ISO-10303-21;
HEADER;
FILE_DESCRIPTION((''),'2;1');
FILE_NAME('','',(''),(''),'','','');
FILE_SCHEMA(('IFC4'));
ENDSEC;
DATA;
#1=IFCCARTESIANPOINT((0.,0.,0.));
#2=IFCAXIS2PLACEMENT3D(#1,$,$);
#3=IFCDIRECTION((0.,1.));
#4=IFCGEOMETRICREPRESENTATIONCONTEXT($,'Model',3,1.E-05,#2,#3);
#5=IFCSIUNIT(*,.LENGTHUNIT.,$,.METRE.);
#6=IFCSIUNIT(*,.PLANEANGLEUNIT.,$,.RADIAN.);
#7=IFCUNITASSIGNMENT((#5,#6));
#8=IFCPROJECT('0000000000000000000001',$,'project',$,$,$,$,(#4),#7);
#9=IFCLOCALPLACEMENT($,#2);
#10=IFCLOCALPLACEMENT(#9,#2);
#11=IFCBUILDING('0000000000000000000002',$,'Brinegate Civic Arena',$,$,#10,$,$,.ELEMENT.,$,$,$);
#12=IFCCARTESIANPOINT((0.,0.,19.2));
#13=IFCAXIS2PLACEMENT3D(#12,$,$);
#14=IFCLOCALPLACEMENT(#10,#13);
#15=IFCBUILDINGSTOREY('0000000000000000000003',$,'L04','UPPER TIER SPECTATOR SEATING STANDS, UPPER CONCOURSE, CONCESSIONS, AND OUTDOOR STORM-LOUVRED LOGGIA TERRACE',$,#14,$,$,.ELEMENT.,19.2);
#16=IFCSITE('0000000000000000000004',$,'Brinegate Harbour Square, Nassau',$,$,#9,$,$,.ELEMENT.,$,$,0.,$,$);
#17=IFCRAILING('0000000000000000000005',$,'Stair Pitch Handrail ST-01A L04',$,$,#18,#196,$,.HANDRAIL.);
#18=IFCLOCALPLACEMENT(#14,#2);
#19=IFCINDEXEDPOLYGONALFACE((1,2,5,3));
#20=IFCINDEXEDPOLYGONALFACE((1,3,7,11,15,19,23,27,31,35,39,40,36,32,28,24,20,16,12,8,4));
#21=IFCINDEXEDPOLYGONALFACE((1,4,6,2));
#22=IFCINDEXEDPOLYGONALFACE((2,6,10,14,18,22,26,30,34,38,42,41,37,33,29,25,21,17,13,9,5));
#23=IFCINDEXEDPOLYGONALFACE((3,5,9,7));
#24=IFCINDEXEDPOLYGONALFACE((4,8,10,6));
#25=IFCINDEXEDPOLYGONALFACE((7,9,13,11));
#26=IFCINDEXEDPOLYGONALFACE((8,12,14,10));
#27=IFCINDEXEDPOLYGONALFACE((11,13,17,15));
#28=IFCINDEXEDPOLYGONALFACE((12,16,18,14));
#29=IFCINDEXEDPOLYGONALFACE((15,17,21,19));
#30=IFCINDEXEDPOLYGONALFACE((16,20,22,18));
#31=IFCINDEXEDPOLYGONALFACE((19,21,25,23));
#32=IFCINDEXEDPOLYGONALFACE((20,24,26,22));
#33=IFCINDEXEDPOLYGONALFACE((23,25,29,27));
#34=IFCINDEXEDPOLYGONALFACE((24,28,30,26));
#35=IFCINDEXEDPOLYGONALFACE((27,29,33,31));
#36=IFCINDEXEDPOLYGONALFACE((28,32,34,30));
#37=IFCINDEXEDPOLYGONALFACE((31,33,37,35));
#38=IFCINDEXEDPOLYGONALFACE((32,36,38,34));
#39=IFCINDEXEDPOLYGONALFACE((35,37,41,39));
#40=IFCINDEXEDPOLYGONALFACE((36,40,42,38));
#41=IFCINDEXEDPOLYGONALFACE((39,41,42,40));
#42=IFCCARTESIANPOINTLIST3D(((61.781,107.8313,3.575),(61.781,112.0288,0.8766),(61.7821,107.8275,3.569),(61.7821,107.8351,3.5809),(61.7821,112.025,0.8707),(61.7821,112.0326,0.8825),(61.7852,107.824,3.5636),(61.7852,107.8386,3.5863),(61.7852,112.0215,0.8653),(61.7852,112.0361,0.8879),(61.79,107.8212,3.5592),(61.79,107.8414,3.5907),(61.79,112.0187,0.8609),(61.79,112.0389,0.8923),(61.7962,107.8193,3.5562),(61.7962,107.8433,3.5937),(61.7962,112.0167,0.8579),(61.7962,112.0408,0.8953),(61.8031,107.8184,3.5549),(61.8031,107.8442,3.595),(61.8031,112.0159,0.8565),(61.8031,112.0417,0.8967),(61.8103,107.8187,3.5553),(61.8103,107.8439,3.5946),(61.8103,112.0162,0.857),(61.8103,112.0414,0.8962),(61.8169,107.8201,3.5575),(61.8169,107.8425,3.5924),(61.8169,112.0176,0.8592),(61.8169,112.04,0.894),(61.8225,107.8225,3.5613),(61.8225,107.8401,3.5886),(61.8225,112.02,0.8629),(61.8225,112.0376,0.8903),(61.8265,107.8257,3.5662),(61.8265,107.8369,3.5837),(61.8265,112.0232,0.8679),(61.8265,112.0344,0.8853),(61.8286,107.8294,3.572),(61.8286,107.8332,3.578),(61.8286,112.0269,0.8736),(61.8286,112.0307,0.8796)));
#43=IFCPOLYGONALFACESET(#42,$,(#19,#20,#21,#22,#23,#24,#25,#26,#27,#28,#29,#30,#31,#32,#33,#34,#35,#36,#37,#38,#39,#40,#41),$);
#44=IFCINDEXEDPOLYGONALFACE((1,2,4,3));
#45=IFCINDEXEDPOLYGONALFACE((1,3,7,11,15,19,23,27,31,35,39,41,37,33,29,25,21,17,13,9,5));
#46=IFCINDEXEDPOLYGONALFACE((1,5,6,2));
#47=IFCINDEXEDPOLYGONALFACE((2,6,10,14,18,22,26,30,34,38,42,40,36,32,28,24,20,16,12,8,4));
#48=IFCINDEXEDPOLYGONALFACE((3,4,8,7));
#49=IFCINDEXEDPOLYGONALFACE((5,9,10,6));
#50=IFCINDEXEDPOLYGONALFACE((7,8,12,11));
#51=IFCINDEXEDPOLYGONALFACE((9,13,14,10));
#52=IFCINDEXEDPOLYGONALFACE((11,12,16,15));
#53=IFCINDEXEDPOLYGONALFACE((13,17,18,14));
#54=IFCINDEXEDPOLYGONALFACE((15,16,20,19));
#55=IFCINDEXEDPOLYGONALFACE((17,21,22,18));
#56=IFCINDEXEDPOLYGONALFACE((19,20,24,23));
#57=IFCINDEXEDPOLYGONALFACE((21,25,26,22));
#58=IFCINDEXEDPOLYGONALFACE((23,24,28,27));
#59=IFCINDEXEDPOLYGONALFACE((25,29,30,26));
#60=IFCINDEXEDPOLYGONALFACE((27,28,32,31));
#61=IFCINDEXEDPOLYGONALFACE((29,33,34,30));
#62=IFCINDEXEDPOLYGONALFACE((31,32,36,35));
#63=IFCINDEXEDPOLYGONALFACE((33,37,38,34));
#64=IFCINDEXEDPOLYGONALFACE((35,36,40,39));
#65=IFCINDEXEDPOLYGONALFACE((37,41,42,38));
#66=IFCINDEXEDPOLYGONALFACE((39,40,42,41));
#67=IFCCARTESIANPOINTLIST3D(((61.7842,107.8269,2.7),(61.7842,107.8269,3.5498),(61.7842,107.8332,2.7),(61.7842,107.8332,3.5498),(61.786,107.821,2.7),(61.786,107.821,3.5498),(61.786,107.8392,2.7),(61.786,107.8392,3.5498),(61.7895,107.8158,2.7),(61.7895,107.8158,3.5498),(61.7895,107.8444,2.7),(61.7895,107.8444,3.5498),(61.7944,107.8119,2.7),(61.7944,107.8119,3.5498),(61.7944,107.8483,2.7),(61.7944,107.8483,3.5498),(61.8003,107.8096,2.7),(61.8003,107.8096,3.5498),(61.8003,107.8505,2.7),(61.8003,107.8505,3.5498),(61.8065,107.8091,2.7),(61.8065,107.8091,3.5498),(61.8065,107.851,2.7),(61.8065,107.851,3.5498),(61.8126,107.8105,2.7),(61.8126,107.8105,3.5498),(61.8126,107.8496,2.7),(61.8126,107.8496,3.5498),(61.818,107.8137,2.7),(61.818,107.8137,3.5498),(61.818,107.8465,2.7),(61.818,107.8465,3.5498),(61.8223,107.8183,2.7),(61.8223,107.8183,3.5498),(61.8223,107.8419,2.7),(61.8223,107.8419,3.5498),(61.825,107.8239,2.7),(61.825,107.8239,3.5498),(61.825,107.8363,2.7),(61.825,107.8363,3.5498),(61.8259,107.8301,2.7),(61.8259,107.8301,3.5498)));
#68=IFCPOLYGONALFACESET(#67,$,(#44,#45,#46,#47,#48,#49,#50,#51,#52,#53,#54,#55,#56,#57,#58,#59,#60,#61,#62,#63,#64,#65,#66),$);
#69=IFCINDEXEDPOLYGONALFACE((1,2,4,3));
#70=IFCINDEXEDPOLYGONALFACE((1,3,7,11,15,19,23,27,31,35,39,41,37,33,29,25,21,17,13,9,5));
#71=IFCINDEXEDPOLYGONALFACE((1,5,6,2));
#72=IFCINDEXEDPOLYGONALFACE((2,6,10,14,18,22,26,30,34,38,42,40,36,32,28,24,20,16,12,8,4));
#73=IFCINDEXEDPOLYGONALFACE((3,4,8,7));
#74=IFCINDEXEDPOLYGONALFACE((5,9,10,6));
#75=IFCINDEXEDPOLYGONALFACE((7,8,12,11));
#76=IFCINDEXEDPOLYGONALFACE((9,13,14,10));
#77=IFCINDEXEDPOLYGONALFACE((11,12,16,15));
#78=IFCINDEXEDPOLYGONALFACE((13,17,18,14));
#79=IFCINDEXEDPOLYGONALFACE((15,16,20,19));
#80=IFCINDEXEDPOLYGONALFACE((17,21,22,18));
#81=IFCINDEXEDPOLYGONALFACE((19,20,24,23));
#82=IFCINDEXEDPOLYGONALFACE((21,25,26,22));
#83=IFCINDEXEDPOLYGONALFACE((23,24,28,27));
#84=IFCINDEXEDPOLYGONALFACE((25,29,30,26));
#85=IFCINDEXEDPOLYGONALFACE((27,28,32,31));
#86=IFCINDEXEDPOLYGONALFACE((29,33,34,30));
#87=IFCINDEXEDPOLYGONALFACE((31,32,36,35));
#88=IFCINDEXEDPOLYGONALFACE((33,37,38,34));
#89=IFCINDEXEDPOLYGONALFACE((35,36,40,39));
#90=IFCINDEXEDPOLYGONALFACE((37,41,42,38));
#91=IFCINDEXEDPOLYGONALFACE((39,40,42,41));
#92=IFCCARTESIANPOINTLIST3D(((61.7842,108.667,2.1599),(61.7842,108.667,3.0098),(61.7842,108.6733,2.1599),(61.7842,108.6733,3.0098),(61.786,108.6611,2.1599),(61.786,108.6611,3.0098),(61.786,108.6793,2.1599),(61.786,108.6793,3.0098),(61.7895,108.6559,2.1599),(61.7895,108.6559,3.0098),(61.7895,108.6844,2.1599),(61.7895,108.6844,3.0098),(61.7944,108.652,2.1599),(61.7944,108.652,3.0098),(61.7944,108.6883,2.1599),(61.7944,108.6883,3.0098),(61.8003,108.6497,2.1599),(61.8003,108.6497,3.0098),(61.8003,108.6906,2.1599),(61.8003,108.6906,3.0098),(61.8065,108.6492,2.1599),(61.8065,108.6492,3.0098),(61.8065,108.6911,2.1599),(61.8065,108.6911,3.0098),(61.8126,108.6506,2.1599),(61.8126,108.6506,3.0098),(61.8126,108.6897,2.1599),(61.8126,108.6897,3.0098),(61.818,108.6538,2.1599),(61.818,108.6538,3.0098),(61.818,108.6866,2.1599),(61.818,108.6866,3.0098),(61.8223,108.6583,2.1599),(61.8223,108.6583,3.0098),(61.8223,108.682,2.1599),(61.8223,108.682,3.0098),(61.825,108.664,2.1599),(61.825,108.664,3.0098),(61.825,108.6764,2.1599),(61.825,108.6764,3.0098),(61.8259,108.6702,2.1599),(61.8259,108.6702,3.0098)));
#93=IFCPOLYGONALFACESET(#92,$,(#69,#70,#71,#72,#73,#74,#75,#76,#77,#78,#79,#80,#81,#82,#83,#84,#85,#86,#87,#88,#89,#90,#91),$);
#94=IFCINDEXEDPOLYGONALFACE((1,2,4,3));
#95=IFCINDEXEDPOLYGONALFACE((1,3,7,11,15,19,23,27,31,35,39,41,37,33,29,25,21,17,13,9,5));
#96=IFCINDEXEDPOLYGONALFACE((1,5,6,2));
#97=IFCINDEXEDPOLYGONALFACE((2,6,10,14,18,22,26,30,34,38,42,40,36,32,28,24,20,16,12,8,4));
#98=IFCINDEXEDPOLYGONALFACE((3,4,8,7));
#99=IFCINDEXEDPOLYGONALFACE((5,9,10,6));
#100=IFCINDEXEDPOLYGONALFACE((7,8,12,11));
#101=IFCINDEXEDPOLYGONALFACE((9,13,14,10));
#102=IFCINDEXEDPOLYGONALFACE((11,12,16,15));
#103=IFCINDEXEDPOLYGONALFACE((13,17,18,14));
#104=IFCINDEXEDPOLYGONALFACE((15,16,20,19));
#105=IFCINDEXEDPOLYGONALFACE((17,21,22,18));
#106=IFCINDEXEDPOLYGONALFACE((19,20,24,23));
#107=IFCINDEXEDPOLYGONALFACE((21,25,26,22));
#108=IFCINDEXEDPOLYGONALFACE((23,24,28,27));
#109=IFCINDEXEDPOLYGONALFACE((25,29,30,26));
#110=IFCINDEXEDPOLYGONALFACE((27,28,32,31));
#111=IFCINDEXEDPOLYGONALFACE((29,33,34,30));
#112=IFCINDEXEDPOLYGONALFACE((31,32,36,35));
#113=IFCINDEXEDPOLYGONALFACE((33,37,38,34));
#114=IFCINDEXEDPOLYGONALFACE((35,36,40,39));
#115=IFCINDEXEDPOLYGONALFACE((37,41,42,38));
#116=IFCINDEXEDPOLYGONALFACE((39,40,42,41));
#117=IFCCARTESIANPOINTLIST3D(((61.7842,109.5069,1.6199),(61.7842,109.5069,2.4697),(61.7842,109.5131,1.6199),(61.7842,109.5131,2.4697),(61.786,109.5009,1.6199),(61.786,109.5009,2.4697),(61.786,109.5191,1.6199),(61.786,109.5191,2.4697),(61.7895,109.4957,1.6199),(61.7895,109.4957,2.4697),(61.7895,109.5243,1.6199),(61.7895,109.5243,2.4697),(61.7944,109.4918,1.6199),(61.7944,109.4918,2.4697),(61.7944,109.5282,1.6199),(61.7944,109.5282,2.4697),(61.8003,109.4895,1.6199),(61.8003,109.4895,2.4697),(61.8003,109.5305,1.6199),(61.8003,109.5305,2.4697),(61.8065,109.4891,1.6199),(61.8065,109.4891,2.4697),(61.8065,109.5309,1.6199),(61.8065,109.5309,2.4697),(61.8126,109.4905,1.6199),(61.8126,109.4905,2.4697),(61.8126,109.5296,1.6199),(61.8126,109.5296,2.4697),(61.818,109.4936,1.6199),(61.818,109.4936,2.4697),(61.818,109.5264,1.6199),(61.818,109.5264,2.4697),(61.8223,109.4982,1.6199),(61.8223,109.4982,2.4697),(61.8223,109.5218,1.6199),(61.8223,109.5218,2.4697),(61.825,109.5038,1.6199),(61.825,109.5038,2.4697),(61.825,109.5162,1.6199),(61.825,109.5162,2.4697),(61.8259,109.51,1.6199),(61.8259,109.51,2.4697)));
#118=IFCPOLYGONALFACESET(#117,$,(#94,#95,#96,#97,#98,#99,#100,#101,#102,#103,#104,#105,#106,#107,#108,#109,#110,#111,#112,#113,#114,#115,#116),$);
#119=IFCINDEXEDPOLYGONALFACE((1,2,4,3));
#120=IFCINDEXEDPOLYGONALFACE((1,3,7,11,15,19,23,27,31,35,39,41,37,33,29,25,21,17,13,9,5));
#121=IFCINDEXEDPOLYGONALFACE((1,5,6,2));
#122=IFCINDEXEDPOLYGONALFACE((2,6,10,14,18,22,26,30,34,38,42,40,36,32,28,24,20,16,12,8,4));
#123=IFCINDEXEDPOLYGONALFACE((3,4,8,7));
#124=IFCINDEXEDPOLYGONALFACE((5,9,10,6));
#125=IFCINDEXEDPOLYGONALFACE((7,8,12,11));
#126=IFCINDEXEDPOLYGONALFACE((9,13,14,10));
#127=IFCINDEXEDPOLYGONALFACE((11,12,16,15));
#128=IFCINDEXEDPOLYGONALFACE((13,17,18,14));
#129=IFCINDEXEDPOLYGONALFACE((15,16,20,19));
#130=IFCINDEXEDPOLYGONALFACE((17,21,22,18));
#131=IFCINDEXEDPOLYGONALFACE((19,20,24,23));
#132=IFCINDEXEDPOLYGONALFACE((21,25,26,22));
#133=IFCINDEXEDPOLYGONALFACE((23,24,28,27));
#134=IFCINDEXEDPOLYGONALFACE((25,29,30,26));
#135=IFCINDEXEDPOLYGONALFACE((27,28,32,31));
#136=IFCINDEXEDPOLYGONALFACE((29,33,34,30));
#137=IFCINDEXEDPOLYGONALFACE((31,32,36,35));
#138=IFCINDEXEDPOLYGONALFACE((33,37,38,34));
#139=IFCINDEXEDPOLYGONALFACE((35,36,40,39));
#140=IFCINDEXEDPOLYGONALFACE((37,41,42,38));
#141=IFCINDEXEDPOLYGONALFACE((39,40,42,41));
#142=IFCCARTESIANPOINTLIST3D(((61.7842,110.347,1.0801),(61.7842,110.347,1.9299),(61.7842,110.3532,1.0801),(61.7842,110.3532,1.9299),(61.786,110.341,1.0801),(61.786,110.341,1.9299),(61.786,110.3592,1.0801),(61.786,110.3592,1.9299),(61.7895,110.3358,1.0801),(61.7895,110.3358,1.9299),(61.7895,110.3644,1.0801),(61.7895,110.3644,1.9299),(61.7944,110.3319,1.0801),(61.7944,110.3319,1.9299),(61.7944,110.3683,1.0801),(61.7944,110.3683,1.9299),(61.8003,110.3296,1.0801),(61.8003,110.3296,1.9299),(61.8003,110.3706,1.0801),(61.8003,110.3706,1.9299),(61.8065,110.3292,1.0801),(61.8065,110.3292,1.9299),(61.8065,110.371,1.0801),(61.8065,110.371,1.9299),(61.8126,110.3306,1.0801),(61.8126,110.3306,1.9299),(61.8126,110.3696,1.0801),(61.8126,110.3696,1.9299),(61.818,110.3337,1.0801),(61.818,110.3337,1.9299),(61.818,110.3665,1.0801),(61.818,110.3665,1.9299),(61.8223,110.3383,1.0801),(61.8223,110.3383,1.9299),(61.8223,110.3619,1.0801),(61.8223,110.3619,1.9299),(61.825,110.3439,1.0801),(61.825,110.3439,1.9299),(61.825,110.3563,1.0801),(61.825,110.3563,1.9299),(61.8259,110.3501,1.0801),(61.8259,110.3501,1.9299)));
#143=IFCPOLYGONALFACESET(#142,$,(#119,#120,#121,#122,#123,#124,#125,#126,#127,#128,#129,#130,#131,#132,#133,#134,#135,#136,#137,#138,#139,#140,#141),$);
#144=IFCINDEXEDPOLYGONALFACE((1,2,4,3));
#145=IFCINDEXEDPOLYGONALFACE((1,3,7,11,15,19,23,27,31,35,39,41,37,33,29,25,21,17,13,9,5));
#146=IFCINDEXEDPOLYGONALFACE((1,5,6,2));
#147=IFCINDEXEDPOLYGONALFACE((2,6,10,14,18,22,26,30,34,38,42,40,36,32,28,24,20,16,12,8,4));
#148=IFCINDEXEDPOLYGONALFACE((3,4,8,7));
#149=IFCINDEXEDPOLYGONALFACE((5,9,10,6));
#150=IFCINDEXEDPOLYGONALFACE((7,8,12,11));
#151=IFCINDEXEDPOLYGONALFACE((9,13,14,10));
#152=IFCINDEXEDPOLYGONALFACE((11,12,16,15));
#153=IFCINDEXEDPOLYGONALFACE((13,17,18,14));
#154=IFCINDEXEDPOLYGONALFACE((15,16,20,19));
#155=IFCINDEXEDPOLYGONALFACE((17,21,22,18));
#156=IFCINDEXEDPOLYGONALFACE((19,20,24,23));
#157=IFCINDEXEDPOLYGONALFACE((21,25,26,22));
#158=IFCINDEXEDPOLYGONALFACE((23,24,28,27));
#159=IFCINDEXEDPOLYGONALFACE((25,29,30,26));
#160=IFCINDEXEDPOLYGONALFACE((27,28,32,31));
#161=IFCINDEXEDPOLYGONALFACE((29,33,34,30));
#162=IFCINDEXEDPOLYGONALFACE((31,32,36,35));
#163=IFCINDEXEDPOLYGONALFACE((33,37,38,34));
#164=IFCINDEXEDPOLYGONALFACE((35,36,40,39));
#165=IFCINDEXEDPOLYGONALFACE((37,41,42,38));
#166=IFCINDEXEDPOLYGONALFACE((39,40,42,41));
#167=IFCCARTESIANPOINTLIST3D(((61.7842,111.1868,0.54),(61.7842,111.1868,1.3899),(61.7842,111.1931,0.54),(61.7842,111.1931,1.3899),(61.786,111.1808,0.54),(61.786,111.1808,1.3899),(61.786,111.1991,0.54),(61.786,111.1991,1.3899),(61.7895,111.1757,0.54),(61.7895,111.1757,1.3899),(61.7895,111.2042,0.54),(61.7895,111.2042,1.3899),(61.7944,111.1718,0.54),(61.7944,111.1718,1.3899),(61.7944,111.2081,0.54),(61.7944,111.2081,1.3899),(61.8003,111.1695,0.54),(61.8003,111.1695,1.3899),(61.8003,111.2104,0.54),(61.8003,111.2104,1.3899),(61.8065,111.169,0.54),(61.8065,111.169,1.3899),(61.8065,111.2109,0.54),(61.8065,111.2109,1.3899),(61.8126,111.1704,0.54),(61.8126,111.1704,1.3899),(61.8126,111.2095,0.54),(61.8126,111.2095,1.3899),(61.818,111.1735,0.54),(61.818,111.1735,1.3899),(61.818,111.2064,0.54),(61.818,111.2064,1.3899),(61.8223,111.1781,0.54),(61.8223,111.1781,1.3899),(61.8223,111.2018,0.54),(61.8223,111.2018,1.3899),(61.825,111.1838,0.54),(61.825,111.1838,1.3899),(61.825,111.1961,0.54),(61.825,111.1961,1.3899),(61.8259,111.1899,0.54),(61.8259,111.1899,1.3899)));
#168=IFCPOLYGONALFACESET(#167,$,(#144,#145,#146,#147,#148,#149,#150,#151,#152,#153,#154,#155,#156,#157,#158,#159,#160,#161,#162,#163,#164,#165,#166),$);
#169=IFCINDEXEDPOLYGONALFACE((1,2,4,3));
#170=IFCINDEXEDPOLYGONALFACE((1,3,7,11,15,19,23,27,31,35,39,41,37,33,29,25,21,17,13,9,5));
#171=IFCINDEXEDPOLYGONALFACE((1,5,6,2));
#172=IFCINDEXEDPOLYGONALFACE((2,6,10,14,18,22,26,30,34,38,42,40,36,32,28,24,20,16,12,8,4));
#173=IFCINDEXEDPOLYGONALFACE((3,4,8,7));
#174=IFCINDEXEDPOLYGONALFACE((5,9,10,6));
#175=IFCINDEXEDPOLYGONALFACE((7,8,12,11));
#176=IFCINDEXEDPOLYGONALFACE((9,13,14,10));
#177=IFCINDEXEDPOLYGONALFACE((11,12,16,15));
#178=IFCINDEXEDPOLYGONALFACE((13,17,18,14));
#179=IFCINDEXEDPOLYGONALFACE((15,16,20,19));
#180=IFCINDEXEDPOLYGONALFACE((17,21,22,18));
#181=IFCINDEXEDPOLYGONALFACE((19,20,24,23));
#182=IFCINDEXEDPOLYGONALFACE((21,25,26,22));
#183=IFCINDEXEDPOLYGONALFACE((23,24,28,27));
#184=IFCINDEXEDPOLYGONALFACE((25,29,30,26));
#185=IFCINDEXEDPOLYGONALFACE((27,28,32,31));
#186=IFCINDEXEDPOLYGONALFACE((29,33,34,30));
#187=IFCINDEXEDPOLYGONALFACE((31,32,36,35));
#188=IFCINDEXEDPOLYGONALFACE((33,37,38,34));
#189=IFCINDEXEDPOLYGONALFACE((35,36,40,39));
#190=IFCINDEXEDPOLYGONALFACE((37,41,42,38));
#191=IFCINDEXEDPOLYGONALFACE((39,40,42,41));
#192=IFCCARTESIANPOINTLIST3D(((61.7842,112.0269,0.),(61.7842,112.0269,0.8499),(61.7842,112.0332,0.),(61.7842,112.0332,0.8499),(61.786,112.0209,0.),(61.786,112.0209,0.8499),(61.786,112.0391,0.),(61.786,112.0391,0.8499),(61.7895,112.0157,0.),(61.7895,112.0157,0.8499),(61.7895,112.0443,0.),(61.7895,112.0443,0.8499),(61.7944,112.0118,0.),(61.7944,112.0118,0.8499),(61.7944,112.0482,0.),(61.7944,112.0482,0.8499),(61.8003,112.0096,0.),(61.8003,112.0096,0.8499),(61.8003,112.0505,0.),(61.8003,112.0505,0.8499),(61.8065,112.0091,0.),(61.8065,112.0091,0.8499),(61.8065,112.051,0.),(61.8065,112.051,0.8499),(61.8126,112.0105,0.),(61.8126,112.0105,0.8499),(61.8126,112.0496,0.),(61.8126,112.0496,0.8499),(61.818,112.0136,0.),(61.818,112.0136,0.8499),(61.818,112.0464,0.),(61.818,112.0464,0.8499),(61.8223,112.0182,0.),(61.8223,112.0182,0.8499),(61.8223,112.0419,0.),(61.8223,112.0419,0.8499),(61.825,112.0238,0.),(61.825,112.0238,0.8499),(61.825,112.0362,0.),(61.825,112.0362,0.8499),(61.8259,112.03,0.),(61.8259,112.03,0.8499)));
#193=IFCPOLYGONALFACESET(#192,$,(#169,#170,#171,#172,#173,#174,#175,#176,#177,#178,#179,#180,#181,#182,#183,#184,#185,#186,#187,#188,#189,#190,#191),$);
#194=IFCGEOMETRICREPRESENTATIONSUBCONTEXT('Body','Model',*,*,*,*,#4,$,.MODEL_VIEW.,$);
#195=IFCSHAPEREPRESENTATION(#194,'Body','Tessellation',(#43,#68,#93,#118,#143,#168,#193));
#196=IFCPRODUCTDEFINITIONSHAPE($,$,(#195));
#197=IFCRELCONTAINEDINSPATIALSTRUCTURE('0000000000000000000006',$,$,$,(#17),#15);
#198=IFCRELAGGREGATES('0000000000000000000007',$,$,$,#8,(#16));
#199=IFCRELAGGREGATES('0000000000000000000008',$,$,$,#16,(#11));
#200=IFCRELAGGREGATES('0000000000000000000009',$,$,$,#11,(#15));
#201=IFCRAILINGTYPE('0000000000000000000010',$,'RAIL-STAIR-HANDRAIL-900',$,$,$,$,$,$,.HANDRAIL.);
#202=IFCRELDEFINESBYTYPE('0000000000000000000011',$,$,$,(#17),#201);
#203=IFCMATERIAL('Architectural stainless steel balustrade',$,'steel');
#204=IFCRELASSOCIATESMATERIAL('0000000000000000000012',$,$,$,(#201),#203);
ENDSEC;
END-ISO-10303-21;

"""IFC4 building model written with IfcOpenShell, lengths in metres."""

from ifc_helpers import new_model, si_unit, direction, frame, origin, origin_2d, place, context, subcontext, project, spatial, circle, extrude, material, type_object, element, save


model = new_model("IFC4")

# Units and contexts
model_context = context("Model", 3, precision=1e-05, world=origin(), true_north=direction((0.0, 1.0)))
body_context = subcontext(model_context, "Body", "Model", "MODEL_VIEW")
ifc_project = project(units=[si_unit("LENGTHUNIT", "METRE"), si_unit("PLANEANGLEUNIT", "RADIAN")], contexts=[model_context])

# Site, building, storey
site_placement = place(None, origin())
site = spatial("IfcSite", under=ifc_project, at=site_placement, Name="Brinegate Harbour Square, Nassau", CompositionType="ELEMENT", RefElevation=0.0)
building_placement = place(site_placement, origin())
building = spatial("IfcBuilding", under=site, at=building_placement, Name="Brinegate Civic Arena", CompositionType="ELEMENT")
storey_placement = place(building_placement, frame((0.0, 0.0, 19.2)))
storey = spatial("IfcBuildingStorey", under=building, at=storey_placement, Name="L04", Description="UPPER TIER SPECTATOR SEATING STANDS, UPPER CONCOURSE, CONCESSIONS, AND OUTDOOR STORM-LOUVRED LOGGIA TERRACE", CompositionType="ELEMENT", Elevation=19.2)

# Railing
ifc_material_1 = material(Name="Architectural stainless steel balustrade", Category="steel")
railing_type_1 = type_object("IfcRailingType", Name="RAIL-STAIR-HANDRAIL-900", PredefinedType="HANDRAIL", material=ifc_material_1)
railing_1_placement = place(storey_placement, frame((61.8049, 107.8301, 2.7)))
element("IfcRailing", 1, at=railing_1_placement, inside=storey, type_object=railing_type_1, Name="Stair Pitch Handrail ST-01A L04", PredefinedType="HANDRAIL", context=body_context, shape_type="SweptSolid", body=[
    extrude(circle(Radius=0.0239, at=origin_2d()), frame((0.0, 0.0012, 0.875), z_axis=(0.0, 0.84118, -0.540755), x_axis=(-1.0, 0.0, 0.0)), (0.0, 0.0, 1.0), 4.99),
    extrude(circle(Radius=0.021, at=origin_2d()), origin(), (0.0, 0.0, 1.0), 0.8499),
    extrude(circle(Radius=0.021, at=origin_2d()), frame((0.0, 0.8401, -0.54)), (0.0, 0.0, 1.0), 0.8499),
    extrude(circle(Radius=0.021, at=origin_2d()), frame((0.0, 1.6799, -1.0801)), (0.0, 0.0, 1.0), 0.8499),
    extrude(circle(Radius=0.021, at=origin_2d()), frame((0.0, 2.52, -1.6199)), (0.0, 0.0, 1.0), 0.8499),
    extrude(circle(Radius=0.021, at=origin_2d()), frame((0.0, 3.3599, -2.1599)), (0.0, 0.0, 1.0), 0.8499),
    extrude(circle(Radius=0.021, at=origin_2d()), frame((0.0, 4.2, -2.7)), (0.0, 0.0, 1.0), 0.8499),
])

save(model, "model.ifc")
